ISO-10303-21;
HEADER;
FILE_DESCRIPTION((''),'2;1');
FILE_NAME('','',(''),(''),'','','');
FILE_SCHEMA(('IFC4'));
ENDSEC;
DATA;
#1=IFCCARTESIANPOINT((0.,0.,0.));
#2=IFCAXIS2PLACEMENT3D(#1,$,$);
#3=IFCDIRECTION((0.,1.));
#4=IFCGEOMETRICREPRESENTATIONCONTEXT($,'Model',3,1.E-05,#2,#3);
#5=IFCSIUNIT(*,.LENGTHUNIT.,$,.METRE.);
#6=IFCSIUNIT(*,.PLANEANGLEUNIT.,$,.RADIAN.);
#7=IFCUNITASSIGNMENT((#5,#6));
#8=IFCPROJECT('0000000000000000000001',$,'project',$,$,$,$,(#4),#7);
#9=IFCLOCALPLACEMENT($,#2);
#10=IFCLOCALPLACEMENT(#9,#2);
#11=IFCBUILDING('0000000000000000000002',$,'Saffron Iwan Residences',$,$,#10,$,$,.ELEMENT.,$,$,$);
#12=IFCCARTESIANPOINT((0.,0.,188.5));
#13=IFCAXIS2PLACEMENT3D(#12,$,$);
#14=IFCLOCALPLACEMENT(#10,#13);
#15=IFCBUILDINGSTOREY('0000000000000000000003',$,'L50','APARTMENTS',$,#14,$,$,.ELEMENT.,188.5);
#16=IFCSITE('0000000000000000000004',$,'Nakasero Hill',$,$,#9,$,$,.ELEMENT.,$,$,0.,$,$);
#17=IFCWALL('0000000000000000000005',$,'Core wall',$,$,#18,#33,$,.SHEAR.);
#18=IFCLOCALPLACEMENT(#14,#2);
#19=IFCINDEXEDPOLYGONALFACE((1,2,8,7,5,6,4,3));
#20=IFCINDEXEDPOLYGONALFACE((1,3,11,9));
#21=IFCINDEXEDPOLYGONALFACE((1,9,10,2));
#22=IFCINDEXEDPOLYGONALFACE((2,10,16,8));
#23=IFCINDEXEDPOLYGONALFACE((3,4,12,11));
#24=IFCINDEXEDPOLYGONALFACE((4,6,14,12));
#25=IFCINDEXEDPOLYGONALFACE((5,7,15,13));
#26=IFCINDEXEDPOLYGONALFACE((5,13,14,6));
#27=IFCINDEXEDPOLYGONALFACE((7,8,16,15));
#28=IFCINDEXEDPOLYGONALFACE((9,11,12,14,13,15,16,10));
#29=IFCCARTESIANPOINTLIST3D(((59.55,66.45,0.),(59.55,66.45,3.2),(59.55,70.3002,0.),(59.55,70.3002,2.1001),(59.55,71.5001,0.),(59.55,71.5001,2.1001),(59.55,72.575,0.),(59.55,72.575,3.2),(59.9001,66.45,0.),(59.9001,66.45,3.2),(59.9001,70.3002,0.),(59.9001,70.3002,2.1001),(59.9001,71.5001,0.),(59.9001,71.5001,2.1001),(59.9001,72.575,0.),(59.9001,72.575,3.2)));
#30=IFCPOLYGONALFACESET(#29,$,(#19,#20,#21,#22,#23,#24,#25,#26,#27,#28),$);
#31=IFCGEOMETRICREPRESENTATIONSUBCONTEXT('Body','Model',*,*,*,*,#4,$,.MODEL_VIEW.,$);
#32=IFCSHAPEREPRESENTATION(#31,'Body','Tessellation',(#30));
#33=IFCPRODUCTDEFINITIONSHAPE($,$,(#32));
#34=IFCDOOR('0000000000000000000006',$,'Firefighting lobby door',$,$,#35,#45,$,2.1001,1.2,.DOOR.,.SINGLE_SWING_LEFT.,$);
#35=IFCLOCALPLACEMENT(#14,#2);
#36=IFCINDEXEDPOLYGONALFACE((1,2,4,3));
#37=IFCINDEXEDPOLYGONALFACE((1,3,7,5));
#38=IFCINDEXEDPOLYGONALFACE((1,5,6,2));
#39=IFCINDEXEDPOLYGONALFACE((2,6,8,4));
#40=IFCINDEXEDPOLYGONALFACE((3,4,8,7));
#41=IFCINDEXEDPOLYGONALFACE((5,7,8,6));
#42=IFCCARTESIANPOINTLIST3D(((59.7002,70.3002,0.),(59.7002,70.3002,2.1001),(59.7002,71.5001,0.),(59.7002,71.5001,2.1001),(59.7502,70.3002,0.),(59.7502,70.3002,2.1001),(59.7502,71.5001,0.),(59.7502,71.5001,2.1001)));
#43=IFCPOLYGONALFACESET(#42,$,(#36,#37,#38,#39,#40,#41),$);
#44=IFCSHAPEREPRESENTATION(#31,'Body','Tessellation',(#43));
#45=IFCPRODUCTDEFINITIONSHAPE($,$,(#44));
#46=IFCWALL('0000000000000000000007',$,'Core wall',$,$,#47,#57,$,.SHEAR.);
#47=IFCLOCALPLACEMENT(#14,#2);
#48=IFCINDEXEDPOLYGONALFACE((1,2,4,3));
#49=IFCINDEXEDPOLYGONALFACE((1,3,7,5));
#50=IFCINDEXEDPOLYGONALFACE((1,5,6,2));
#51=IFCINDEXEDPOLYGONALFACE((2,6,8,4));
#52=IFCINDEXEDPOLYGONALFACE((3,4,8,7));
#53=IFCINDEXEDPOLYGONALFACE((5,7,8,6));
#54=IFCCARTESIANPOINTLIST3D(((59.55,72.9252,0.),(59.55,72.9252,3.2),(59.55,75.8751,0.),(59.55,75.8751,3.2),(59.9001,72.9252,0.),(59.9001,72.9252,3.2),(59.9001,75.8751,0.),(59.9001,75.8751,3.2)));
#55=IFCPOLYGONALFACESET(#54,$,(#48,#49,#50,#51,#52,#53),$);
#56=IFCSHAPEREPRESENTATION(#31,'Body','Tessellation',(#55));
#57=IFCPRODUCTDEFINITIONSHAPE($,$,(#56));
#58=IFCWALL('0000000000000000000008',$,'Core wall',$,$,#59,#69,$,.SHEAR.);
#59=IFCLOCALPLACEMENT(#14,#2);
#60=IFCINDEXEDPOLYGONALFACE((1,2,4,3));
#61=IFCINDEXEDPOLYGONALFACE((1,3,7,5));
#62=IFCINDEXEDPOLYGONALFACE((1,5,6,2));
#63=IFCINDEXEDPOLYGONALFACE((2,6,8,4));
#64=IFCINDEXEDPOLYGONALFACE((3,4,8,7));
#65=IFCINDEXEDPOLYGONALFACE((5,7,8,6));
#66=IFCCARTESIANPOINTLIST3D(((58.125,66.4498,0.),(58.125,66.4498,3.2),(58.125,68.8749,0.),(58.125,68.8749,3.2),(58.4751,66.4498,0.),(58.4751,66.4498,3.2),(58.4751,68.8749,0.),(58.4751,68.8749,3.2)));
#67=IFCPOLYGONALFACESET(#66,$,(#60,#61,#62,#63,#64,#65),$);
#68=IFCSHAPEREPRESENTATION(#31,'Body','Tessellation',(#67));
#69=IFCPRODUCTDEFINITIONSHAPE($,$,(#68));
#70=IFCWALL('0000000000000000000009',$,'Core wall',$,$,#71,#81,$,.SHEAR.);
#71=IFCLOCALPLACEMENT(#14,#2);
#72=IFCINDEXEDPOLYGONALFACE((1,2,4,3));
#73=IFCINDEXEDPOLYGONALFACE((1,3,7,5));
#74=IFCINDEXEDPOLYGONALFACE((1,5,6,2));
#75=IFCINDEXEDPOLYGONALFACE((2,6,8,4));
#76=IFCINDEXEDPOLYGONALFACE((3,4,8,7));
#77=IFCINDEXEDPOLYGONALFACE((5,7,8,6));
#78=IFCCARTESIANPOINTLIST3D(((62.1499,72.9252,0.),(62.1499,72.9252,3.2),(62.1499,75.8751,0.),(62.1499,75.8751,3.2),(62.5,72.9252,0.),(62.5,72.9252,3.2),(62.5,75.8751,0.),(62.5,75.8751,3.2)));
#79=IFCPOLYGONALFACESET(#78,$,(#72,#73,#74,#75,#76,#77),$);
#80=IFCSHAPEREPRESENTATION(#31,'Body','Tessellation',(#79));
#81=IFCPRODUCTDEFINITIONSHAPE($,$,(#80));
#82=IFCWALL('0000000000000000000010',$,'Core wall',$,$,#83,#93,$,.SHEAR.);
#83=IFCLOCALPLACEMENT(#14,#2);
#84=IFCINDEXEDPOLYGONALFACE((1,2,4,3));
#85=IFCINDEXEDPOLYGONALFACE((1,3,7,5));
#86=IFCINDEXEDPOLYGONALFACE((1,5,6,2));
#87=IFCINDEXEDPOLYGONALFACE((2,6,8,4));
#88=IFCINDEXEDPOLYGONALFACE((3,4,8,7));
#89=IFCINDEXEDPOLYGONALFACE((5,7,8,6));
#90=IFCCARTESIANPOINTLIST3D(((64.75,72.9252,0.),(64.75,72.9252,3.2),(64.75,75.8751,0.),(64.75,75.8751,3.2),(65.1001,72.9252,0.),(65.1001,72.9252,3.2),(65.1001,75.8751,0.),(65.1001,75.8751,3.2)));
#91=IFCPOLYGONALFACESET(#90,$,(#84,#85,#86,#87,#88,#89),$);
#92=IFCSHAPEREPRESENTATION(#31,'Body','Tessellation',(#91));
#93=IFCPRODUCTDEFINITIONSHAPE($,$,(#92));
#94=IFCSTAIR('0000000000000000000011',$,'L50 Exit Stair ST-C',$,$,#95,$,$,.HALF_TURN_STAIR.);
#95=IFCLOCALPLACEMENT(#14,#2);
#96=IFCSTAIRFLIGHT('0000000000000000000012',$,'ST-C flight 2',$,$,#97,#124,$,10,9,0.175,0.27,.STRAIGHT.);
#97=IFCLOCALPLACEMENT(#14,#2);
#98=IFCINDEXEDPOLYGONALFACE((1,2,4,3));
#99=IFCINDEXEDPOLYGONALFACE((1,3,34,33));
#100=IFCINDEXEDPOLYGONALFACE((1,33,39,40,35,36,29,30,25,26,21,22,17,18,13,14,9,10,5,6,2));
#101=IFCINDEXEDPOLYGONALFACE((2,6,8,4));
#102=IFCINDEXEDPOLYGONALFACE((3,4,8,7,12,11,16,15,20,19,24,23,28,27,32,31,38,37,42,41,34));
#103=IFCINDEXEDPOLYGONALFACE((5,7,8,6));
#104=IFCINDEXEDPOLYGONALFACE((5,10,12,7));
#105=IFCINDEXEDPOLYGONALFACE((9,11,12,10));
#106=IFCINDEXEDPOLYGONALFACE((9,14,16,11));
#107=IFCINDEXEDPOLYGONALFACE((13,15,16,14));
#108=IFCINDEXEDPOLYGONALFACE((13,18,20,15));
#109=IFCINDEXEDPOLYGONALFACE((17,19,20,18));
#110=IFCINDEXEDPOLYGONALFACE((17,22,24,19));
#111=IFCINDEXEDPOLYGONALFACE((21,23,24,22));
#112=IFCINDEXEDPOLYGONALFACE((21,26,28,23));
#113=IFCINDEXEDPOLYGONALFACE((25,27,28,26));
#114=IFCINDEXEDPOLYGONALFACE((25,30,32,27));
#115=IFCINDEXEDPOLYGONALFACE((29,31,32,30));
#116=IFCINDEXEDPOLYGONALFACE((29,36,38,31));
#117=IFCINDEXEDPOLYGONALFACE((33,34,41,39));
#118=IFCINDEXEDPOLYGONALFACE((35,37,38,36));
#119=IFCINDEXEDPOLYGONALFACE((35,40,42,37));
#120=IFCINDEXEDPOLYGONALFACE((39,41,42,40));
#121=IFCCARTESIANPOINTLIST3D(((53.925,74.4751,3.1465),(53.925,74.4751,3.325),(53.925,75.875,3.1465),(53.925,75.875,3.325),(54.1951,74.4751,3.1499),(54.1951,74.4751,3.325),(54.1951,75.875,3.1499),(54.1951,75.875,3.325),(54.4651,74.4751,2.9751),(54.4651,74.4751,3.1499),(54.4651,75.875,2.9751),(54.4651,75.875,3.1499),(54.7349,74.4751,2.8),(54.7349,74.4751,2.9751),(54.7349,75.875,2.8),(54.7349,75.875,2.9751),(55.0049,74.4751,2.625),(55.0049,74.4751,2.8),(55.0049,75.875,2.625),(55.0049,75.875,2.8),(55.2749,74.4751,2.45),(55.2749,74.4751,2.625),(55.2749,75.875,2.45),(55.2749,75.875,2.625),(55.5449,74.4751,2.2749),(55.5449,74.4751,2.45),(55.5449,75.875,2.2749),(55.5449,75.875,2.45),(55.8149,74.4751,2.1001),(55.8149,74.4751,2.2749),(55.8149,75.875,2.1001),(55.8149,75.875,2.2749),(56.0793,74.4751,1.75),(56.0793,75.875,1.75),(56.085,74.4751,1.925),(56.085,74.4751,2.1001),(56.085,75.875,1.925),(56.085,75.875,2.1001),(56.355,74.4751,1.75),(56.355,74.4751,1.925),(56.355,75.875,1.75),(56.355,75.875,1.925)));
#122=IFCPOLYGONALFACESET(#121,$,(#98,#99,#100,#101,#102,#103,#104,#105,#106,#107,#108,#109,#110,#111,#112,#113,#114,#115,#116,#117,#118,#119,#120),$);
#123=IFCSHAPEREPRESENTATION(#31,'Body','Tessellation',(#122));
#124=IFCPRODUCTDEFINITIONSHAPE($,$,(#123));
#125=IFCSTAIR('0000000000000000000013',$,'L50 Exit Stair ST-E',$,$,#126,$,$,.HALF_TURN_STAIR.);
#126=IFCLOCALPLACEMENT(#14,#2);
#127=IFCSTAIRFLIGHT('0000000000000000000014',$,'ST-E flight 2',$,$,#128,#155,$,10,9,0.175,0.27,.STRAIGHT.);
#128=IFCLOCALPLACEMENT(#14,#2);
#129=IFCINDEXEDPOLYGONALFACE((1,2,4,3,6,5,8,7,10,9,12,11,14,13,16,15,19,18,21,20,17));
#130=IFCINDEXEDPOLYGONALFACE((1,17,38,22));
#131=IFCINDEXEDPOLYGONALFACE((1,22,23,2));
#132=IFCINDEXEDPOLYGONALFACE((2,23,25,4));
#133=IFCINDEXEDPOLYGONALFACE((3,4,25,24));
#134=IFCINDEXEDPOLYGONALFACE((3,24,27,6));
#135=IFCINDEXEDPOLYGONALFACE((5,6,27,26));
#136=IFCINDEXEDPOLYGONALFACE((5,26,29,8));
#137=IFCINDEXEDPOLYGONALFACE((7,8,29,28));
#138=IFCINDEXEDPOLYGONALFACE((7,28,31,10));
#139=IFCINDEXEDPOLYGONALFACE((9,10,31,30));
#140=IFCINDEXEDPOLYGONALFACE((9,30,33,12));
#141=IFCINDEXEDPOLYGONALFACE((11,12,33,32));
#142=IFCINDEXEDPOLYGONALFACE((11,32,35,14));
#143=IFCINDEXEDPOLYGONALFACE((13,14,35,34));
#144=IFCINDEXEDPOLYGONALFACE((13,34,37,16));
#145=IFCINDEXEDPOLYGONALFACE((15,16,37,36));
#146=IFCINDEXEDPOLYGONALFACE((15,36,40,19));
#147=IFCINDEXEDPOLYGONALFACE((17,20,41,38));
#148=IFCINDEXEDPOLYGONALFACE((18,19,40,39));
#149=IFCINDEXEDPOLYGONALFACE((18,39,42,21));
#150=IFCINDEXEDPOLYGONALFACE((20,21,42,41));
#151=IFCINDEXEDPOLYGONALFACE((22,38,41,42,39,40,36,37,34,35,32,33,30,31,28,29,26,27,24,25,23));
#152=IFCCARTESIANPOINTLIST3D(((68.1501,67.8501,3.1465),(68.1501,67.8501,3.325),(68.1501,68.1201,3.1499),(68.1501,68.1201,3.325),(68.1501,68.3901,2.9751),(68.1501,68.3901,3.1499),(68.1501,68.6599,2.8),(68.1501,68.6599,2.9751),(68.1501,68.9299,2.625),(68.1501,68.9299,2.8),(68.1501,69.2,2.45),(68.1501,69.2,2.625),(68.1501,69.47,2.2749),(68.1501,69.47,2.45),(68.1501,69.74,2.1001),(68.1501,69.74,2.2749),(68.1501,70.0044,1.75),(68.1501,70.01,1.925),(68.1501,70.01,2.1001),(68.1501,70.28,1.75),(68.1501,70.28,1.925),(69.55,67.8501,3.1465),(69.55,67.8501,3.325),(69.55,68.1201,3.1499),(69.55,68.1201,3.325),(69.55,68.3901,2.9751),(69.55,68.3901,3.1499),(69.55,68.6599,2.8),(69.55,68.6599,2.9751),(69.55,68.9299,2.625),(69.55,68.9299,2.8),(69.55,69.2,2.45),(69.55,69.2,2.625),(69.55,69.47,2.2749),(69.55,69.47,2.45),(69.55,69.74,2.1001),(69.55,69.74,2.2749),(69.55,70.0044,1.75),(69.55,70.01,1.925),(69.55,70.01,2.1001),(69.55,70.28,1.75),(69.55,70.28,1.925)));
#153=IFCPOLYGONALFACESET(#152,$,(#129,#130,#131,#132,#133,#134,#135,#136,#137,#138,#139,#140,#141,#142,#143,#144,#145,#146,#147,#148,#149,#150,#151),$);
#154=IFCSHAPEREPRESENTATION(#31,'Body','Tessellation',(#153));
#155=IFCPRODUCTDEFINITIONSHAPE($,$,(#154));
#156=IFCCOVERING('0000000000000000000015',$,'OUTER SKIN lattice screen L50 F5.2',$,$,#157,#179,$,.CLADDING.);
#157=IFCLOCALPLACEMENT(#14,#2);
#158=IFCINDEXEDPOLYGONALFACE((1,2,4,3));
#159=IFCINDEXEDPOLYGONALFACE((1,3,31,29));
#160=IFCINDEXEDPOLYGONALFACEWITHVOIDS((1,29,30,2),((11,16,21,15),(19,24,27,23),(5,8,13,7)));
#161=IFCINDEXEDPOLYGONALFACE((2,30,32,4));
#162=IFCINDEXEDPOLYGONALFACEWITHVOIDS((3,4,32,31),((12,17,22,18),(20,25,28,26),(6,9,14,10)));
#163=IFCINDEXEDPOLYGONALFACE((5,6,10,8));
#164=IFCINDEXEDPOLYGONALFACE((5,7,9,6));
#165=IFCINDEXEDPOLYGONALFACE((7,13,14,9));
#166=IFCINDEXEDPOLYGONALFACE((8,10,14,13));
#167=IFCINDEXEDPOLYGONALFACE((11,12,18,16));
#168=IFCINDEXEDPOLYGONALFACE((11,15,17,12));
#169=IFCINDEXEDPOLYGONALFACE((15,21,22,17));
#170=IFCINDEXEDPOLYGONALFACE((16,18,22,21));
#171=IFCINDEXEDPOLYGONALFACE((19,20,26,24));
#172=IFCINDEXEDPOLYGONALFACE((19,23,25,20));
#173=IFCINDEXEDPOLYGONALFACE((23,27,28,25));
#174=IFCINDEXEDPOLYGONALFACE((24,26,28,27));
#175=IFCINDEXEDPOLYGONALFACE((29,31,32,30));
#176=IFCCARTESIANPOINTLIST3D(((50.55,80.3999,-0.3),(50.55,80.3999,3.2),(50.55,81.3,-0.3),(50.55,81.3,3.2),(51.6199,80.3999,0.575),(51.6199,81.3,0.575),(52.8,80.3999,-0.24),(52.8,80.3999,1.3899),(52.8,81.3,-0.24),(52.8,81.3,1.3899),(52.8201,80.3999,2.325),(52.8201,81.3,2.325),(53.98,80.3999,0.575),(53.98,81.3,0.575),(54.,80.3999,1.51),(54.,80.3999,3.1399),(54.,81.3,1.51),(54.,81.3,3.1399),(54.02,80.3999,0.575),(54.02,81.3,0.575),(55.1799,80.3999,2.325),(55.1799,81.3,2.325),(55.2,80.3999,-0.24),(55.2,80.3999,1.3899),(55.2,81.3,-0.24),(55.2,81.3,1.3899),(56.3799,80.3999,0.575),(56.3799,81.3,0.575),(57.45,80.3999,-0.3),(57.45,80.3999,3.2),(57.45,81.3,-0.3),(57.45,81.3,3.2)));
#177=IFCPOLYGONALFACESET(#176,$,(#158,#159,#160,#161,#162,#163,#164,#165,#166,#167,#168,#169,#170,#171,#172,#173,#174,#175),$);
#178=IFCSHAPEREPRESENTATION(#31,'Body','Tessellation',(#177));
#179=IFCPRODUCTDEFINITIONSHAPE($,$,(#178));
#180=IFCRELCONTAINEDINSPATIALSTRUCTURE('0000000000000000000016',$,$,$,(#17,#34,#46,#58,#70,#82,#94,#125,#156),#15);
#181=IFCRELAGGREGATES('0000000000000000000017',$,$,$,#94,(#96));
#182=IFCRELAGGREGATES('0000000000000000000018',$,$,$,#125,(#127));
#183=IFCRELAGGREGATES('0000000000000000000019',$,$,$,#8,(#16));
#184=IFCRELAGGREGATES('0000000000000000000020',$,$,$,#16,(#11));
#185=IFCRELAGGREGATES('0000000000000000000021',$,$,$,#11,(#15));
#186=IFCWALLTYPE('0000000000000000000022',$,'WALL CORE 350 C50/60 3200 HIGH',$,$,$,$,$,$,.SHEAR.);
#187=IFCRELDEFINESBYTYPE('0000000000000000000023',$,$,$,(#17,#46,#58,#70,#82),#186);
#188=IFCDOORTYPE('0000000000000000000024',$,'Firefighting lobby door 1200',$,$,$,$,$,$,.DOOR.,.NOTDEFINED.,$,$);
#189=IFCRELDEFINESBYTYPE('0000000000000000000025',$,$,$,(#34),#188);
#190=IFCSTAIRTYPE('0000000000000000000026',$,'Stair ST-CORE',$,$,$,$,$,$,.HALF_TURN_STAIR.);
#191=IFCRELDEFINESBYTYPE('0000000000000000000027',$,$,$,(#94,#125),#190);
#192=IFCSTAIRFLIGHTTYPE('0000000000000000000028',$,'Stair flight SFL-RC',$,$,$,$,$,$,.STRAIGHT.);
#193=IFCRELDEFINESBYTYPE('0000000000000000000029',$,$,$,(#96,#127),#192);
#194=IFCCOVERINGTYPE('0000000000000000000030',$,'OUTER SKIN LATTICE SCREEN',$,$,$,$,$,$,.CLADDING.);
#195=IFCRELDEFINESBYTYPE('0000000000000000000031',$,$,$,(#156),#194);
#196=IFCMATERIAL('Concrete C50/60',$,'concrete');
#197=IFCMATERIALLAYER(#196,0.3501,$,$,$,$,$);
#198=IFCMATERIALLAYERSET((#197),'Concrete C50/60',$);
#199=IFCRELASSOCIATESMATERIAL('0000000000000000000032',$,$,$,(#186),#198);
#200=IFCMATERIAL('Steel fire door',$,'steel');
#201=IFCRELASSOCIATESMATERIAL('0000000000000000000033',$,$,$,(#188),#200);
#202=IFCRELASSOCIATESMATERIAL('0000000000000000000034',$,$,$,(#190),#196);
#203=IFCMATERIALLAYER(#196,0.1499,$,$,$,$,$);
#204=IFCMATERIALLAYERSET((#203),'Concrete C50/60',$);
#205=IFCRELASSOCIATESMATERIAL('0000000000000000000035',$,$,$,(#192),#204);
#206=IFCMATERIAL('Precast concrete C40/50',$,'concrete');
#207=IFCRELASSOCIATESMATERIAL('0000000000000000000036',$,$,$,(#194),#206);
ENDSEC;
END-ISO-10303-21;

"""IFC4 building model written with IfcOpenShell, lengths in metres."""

from ifc_helpers import new_model, si_unit, direction, frame, frame_2d, origin, place, context, subcontext, project, spatial, polyline, rectangle, outline, extrude, material, layer, layer_set, type_object, element, fill, aggregate, save


model = new_model("IFC4")

# Units and contexts
model_context = context("Model", 3, precision=1e-05, world=origin(), true_north=direction((0.0, 1.0)))
body_context = subcontext(model_context, "Body", "Model", "MODEL_VIEW")
ifc_project = project(units=[si_unit("LENGTHUNIT", "METRE"), si_unit("PLANEANGLEUNIT", "RADIAN")], contexts=[model_context])

# Site, building, storey
site_placement = place(None, origin())
site = spatial("IfcSite", under=ifc_project, at=site_placement, Name="Nakasero Hill", CompositionType="ELEMENT", RefElevation=0.0)
building_placement = place(site_placement, origin())
building = spatial("IfcBuilding", under=site, at=building_placement, Name="Saffron Iwan Residences", CompositionType="ELEMENT")
storey_placement = place(building_placement, frame((0.0, 0.0, 188.5)))
storey = spatial("IfcBuildingStorey", under=building, at=storey_placement, Name="L50", Description="APARTMENTS", CompositionType="ELEMENT", Elevation=188.5)

# Shared definitions
ifc_material_1 = material(Name="Concrete C50/60", Category="concrete")

# Shared definitions
ifc_material_2 = material(Name="Steel fire door", Category="steel")

# Shared definitions
ifc_layer_1 = layer(ifc_material_1, 0.3501)
ifc_layer_set_1 = layer_set([ifc_layer_1], Name="Concrete C50/60")
wall_type_1 = type_object("IfcWallType", Name="WALL CORE 350 C50/60 3200 HIGH", PredefinedType="SHEAR", material=ifc_layer_set_1)

# Wall, opening, door
wall_1_placement = place(storey_placement, frame((59.7251, 66.45, 0.0), z_axis=(0.0, 0.0, 1.0), x_axis=(0.0, 1.0, 0.0)))
wall_1 = element("IfcWall", 1, at=wall_1_placement, inside=storey, type_object=wall_type_1, Name="Core wall", PredefinedType="SHEAR", context=body_context, shape_type="SweptSolid", body=[
    extrude(rectangle(XDim=6.125, YDim=0.3501, at=frame_2d((3.0625, 0.0))), origin(), (0.0, 0.0, 1.0), 3.2),
])
opening_1_placement = place(wall_1_placement, frame((3.8501, 0.0, 0.0)))
opening_1 = element("IfcOpeningElement", 2, at=opening_1_placement, cuts=wall_1, PredefinedType="OPENING", context=body_context, shape_type="SweptSolid", body=[
    extrude(rectangle(XDim=1.2, YDim=2.1001, at=frame_2d((0.6001, 1.05))), frame((0.0, 0.1851, 0.0), z_axis=(0.0, -1.0, 0.0), x_axis=(1.0, 0.0, 0.0)), (0.0, 0.0, 1.0), 0.3701),
])
door_type_1 = type_object("IfcDoorType", Name="Firefighting lobby door 1200", OperationType="NOTDEFINED", PredefinedType="DOOR", material=ifc_material_2)
door_1_placement = place(opening_1_placement, origin())
door_1 = element("IfcDoor", 3, at=door_1_placement, inside=storey, type_object=door_type_1, Name="Firefighting lobby door", OperationType="SINGLE_SWING_LEFT", OverallHeight=2.1001, OverallWidth=1.2, PredefinedType="DOOR", context=body_context, shape_type="SweptSolid", body=[
    extrude(rectangle(XDim=1.2, YDim=2.1001, at=frame_2d((0.6001, 1.05))), frame((0.0, 0.0249, 0.0), z_axis=(0.0, -1.0, 0.0), x_axis=(1.0, 0.0, 0.0)), (0.0, 0.0, 1.0), 0.05),
])
fill(opening_1, door_1)

# Walls
wall_2_placement = place(storey_placement, frame((59.7251, 72.925, 0.0), z_axis=(0.0, 0.0, 1.0), x_axis=(0.0, 1.0, 0.0)))
element("IfcWall", 4, at=wall_2_placement, inside=storey, type_object=wall_type_1, Name="Core wall", PredefinedType="SHEAR", context=body_context, shape_type="SweptSolid", body=[
    extrude(rectangle(XDim=2.95, YDim=0.3501, at=frame_2d((1.4751, 0.0))), origin(), (0.0, 0.0, 1.0), 3.2),
])
wall_3_placement = place(storey_placement, frame((58.3, 66.45, 0.0), z_axis=(0.0, 0.0, 1.0), x_axis=(0.0, 1.0, 0.0)))
element("IfcWall", 5, at=wall_3_placement, inside=storey, type_object=wall_type_1, Name="Core wall", PredefinedType="SHEAR", context=body_context, shape_type="SweptSolid", body=[
    extrude(rectangle(XDim=2.425, YDim=0.3501, at=frame_2d((1.2124, 0.0))), origin(), (0.0, 0.0, 1.0), 3.2),
])
for number, where, z_axis, x_axis, name in (
    (6, (62.325, 72.925, 0.0), (0.0, 0.0, 1.0), (0.0, 1.0, 0.0), "Core wall"),
    (7, (64.925, 72.925, 0.0), (0.0, 0.0, 1.0), (0.0, 1.0, 0.0), "Core wall"),
):
    element("IfcWall", number, at=place(storey_placement, frame(where, z_axis=z_axis, x_axis=x_axis)), inside=storey, type_object=wall_type_1, Name=name, PredefinedType="SHEAR", context=body_context, shape_type="SweptSolid", body=[
        extrude(rectangle(XDim=2.95, YDim=0.3501, at=frame_2d((1.4751, 0.0))), origin(), (0.0, 0.0, 1.0), 3.2),
    ])

# Stairs, stair flights
stair_type = type_object("IfcStairType", Name="Stair ST-CORE", PredefinedType="HALF_TURN_STAIR", material=ifc_material_1)
stair_1_placement = place(storey_placement, origin())
stair_1 = element("IfcStair", 8, at=stair_1_placement, inside=storey, type_object=stair_type, Name="L50 Exit Stair ST-C", PredefinedType="HALF_TURN_STAIR")
ifc_layer_2 = layer(ifc_material_1, 0.1499)
ifc_layer_set_2 = layer_set([ifc_layer_2], Name="Concrete C50/60")
stair_flight_type = type_object("IfcStairFlightType", Name="Stair flight SFL-RC", PredefinedType="STRAIGHT", material=ifc_layer_set_2)
stair_flight_1_placement = place(storey_placement, frame((56.355, 75.175, 1.75), z_axis=(0.0, 0.0, 1.0), x_axis=(-1.0, 0.0, 0.0)))
stair_flight_1 = element("IfcStairFlight", 9, at=stair_flight_1_placement, type_object=stair_flight_type, Name="ST-C flight 2", NumberOfRisers=10, NumberOfTreads=9, PredefinedType="STRAIGHT", RiserHeight=0.175, TreadLength=0.27, context=body_context, shape_type="SweptSolid", body=[
    extrude(outline(polyline([(0.0, 0.0), (0.0, 0.175), (0.27, 0.175), (0.27, 0.3501), (0.54, 0.3501), (0.54, 0.5249), (0.8101, 0.5249), (0.8101, 0.7), (1.0801, 0.7), (1.0801, 0.875), (1.3501, 0.875), (1.3501, 1.05), (1.6201, 1.05), (1.6201, 1.2251), (1.8899, 1.2251), (1.8899, 1.3999), (2.1599, 1.3999), (2.1599, 1.575), (2.4299, 1.575), (2.4299, 1.75), (2.4299, 1.3965), (0.2756, 0.0), (0.0, 0.0)])), frame((0.0, 0.7, 0.0), z_axis=(0.0, -1.0, 0.0), x_axis=(1.0, 0.0, 0.0)), (0.0, 0.0, 1.0), 1.3999),
])
aggregate(stair_1, [stair_flight_1])
stair_2_placement = place(storey_placement, origin())
stair_2 = element("IfcStair", 10, at=stair_2_placement, inside=storey, type_object=stair_type, Name="L50 Exit Stair ST-E", PredefinedType="HALF_TURN_STAIR")
stair_flight_2_placement = place(storey_placement, frame((68.8501, 70.28, 1.75), z_axis=(0.0, 0.0, 1.0), x_axis=(0.0, -1.0, 0.0)))
stair_flight_2 = element("IfcStairFlight", 11, at=stair_flight_2_placement, type_object=stair_flight_type, Name="ST-E flight 2", NumberOfRisers=10, NumberOfTreads=9, PredefinedType="STRAIGHT", RiserHeight=0.175, TreadLength=0.27, context=body_context, shape_type="SweptSolid", body=[
    extrude(outline(polyline([(0.0, 0.0), (0.0, 0.175), (0.27, 0.175), (0.27, 0.3501), (0.54, 0.3501), (0.54, 0.5249), (0.8101, 0.5249), (0.8101, 0.7), (1.0801, 0.7), (1.0801, 0.875), (1.3501, 0.875), (1.3501, 1.05), (1.6201, 1.05), (1.6201, 1.2251), (1.8899, 1.2251), (1.8899, 1.3999), (2.1599, 1.3999), (2.1599, 1.575), (2.4299, 1.575), (2.4299, 1.75), (2.4299, 1.3965), (0.2756, 0.0), (0.0, 0.0)])), frame((0.0, 0.7, 0.0), z_axis=(0.0, -1.0, 0.0), x_axis=(1.0, 0.0, 0.0)), (0.0, 0.0, 1.0), 1.3999),
])
aggregate(stair_2, [stair_flight_2])

# Covering
ifc_material_3 = material(Name="Precast concrete C40/50", Category="concrete")
covering_type_1 = type_object("IfcCoveringType", Name="OUTER SKIN LATTICE SCREEN", PredefinedType="CLADDING", material=ifc_material_3)
covering_placement = place(storey_placement, frame((57.45, 80.3999, -0.3), z_axis=(0.0, 1.0, 0.0), x_axis=(-1.0, 0.0, 0.0)))
element("IfcCovering", 12, at=covering_placement, inside=storey, type_object=covering_type_1, Name="OUTER SKIN lattice screen L50 F5.2", PredefinedType="CLADDING", context=body_context, shape_type="SweptSolid", body=[
    extrude(outline(polyline([(0.0, 0.0), (6.8999, 0.0), (6.8999, 3.5), (0.0, 3.5), (0.0, 0.0)]), holes=[polyline([(1.0701, 0.875), (2.25, 0.0601), (3.4299, 0.875), (2.25, 1.6899), (1.0701, 0.875)]), polyline([(3.47, 0.875), (4.6499, 0.0601), (5.8301, 0.875), (4.6499, 1.6899), (3.47, 0.875)]), polyline([(2.27, 2.625), (3.45, 1.8101), (4.6299, 2.625), (3.45, 3.4399), (2.27, 2.625)])]), origin(), (0.0, 0.0, 1.0), 0.9001),
])

save(model, "model.ifc")
